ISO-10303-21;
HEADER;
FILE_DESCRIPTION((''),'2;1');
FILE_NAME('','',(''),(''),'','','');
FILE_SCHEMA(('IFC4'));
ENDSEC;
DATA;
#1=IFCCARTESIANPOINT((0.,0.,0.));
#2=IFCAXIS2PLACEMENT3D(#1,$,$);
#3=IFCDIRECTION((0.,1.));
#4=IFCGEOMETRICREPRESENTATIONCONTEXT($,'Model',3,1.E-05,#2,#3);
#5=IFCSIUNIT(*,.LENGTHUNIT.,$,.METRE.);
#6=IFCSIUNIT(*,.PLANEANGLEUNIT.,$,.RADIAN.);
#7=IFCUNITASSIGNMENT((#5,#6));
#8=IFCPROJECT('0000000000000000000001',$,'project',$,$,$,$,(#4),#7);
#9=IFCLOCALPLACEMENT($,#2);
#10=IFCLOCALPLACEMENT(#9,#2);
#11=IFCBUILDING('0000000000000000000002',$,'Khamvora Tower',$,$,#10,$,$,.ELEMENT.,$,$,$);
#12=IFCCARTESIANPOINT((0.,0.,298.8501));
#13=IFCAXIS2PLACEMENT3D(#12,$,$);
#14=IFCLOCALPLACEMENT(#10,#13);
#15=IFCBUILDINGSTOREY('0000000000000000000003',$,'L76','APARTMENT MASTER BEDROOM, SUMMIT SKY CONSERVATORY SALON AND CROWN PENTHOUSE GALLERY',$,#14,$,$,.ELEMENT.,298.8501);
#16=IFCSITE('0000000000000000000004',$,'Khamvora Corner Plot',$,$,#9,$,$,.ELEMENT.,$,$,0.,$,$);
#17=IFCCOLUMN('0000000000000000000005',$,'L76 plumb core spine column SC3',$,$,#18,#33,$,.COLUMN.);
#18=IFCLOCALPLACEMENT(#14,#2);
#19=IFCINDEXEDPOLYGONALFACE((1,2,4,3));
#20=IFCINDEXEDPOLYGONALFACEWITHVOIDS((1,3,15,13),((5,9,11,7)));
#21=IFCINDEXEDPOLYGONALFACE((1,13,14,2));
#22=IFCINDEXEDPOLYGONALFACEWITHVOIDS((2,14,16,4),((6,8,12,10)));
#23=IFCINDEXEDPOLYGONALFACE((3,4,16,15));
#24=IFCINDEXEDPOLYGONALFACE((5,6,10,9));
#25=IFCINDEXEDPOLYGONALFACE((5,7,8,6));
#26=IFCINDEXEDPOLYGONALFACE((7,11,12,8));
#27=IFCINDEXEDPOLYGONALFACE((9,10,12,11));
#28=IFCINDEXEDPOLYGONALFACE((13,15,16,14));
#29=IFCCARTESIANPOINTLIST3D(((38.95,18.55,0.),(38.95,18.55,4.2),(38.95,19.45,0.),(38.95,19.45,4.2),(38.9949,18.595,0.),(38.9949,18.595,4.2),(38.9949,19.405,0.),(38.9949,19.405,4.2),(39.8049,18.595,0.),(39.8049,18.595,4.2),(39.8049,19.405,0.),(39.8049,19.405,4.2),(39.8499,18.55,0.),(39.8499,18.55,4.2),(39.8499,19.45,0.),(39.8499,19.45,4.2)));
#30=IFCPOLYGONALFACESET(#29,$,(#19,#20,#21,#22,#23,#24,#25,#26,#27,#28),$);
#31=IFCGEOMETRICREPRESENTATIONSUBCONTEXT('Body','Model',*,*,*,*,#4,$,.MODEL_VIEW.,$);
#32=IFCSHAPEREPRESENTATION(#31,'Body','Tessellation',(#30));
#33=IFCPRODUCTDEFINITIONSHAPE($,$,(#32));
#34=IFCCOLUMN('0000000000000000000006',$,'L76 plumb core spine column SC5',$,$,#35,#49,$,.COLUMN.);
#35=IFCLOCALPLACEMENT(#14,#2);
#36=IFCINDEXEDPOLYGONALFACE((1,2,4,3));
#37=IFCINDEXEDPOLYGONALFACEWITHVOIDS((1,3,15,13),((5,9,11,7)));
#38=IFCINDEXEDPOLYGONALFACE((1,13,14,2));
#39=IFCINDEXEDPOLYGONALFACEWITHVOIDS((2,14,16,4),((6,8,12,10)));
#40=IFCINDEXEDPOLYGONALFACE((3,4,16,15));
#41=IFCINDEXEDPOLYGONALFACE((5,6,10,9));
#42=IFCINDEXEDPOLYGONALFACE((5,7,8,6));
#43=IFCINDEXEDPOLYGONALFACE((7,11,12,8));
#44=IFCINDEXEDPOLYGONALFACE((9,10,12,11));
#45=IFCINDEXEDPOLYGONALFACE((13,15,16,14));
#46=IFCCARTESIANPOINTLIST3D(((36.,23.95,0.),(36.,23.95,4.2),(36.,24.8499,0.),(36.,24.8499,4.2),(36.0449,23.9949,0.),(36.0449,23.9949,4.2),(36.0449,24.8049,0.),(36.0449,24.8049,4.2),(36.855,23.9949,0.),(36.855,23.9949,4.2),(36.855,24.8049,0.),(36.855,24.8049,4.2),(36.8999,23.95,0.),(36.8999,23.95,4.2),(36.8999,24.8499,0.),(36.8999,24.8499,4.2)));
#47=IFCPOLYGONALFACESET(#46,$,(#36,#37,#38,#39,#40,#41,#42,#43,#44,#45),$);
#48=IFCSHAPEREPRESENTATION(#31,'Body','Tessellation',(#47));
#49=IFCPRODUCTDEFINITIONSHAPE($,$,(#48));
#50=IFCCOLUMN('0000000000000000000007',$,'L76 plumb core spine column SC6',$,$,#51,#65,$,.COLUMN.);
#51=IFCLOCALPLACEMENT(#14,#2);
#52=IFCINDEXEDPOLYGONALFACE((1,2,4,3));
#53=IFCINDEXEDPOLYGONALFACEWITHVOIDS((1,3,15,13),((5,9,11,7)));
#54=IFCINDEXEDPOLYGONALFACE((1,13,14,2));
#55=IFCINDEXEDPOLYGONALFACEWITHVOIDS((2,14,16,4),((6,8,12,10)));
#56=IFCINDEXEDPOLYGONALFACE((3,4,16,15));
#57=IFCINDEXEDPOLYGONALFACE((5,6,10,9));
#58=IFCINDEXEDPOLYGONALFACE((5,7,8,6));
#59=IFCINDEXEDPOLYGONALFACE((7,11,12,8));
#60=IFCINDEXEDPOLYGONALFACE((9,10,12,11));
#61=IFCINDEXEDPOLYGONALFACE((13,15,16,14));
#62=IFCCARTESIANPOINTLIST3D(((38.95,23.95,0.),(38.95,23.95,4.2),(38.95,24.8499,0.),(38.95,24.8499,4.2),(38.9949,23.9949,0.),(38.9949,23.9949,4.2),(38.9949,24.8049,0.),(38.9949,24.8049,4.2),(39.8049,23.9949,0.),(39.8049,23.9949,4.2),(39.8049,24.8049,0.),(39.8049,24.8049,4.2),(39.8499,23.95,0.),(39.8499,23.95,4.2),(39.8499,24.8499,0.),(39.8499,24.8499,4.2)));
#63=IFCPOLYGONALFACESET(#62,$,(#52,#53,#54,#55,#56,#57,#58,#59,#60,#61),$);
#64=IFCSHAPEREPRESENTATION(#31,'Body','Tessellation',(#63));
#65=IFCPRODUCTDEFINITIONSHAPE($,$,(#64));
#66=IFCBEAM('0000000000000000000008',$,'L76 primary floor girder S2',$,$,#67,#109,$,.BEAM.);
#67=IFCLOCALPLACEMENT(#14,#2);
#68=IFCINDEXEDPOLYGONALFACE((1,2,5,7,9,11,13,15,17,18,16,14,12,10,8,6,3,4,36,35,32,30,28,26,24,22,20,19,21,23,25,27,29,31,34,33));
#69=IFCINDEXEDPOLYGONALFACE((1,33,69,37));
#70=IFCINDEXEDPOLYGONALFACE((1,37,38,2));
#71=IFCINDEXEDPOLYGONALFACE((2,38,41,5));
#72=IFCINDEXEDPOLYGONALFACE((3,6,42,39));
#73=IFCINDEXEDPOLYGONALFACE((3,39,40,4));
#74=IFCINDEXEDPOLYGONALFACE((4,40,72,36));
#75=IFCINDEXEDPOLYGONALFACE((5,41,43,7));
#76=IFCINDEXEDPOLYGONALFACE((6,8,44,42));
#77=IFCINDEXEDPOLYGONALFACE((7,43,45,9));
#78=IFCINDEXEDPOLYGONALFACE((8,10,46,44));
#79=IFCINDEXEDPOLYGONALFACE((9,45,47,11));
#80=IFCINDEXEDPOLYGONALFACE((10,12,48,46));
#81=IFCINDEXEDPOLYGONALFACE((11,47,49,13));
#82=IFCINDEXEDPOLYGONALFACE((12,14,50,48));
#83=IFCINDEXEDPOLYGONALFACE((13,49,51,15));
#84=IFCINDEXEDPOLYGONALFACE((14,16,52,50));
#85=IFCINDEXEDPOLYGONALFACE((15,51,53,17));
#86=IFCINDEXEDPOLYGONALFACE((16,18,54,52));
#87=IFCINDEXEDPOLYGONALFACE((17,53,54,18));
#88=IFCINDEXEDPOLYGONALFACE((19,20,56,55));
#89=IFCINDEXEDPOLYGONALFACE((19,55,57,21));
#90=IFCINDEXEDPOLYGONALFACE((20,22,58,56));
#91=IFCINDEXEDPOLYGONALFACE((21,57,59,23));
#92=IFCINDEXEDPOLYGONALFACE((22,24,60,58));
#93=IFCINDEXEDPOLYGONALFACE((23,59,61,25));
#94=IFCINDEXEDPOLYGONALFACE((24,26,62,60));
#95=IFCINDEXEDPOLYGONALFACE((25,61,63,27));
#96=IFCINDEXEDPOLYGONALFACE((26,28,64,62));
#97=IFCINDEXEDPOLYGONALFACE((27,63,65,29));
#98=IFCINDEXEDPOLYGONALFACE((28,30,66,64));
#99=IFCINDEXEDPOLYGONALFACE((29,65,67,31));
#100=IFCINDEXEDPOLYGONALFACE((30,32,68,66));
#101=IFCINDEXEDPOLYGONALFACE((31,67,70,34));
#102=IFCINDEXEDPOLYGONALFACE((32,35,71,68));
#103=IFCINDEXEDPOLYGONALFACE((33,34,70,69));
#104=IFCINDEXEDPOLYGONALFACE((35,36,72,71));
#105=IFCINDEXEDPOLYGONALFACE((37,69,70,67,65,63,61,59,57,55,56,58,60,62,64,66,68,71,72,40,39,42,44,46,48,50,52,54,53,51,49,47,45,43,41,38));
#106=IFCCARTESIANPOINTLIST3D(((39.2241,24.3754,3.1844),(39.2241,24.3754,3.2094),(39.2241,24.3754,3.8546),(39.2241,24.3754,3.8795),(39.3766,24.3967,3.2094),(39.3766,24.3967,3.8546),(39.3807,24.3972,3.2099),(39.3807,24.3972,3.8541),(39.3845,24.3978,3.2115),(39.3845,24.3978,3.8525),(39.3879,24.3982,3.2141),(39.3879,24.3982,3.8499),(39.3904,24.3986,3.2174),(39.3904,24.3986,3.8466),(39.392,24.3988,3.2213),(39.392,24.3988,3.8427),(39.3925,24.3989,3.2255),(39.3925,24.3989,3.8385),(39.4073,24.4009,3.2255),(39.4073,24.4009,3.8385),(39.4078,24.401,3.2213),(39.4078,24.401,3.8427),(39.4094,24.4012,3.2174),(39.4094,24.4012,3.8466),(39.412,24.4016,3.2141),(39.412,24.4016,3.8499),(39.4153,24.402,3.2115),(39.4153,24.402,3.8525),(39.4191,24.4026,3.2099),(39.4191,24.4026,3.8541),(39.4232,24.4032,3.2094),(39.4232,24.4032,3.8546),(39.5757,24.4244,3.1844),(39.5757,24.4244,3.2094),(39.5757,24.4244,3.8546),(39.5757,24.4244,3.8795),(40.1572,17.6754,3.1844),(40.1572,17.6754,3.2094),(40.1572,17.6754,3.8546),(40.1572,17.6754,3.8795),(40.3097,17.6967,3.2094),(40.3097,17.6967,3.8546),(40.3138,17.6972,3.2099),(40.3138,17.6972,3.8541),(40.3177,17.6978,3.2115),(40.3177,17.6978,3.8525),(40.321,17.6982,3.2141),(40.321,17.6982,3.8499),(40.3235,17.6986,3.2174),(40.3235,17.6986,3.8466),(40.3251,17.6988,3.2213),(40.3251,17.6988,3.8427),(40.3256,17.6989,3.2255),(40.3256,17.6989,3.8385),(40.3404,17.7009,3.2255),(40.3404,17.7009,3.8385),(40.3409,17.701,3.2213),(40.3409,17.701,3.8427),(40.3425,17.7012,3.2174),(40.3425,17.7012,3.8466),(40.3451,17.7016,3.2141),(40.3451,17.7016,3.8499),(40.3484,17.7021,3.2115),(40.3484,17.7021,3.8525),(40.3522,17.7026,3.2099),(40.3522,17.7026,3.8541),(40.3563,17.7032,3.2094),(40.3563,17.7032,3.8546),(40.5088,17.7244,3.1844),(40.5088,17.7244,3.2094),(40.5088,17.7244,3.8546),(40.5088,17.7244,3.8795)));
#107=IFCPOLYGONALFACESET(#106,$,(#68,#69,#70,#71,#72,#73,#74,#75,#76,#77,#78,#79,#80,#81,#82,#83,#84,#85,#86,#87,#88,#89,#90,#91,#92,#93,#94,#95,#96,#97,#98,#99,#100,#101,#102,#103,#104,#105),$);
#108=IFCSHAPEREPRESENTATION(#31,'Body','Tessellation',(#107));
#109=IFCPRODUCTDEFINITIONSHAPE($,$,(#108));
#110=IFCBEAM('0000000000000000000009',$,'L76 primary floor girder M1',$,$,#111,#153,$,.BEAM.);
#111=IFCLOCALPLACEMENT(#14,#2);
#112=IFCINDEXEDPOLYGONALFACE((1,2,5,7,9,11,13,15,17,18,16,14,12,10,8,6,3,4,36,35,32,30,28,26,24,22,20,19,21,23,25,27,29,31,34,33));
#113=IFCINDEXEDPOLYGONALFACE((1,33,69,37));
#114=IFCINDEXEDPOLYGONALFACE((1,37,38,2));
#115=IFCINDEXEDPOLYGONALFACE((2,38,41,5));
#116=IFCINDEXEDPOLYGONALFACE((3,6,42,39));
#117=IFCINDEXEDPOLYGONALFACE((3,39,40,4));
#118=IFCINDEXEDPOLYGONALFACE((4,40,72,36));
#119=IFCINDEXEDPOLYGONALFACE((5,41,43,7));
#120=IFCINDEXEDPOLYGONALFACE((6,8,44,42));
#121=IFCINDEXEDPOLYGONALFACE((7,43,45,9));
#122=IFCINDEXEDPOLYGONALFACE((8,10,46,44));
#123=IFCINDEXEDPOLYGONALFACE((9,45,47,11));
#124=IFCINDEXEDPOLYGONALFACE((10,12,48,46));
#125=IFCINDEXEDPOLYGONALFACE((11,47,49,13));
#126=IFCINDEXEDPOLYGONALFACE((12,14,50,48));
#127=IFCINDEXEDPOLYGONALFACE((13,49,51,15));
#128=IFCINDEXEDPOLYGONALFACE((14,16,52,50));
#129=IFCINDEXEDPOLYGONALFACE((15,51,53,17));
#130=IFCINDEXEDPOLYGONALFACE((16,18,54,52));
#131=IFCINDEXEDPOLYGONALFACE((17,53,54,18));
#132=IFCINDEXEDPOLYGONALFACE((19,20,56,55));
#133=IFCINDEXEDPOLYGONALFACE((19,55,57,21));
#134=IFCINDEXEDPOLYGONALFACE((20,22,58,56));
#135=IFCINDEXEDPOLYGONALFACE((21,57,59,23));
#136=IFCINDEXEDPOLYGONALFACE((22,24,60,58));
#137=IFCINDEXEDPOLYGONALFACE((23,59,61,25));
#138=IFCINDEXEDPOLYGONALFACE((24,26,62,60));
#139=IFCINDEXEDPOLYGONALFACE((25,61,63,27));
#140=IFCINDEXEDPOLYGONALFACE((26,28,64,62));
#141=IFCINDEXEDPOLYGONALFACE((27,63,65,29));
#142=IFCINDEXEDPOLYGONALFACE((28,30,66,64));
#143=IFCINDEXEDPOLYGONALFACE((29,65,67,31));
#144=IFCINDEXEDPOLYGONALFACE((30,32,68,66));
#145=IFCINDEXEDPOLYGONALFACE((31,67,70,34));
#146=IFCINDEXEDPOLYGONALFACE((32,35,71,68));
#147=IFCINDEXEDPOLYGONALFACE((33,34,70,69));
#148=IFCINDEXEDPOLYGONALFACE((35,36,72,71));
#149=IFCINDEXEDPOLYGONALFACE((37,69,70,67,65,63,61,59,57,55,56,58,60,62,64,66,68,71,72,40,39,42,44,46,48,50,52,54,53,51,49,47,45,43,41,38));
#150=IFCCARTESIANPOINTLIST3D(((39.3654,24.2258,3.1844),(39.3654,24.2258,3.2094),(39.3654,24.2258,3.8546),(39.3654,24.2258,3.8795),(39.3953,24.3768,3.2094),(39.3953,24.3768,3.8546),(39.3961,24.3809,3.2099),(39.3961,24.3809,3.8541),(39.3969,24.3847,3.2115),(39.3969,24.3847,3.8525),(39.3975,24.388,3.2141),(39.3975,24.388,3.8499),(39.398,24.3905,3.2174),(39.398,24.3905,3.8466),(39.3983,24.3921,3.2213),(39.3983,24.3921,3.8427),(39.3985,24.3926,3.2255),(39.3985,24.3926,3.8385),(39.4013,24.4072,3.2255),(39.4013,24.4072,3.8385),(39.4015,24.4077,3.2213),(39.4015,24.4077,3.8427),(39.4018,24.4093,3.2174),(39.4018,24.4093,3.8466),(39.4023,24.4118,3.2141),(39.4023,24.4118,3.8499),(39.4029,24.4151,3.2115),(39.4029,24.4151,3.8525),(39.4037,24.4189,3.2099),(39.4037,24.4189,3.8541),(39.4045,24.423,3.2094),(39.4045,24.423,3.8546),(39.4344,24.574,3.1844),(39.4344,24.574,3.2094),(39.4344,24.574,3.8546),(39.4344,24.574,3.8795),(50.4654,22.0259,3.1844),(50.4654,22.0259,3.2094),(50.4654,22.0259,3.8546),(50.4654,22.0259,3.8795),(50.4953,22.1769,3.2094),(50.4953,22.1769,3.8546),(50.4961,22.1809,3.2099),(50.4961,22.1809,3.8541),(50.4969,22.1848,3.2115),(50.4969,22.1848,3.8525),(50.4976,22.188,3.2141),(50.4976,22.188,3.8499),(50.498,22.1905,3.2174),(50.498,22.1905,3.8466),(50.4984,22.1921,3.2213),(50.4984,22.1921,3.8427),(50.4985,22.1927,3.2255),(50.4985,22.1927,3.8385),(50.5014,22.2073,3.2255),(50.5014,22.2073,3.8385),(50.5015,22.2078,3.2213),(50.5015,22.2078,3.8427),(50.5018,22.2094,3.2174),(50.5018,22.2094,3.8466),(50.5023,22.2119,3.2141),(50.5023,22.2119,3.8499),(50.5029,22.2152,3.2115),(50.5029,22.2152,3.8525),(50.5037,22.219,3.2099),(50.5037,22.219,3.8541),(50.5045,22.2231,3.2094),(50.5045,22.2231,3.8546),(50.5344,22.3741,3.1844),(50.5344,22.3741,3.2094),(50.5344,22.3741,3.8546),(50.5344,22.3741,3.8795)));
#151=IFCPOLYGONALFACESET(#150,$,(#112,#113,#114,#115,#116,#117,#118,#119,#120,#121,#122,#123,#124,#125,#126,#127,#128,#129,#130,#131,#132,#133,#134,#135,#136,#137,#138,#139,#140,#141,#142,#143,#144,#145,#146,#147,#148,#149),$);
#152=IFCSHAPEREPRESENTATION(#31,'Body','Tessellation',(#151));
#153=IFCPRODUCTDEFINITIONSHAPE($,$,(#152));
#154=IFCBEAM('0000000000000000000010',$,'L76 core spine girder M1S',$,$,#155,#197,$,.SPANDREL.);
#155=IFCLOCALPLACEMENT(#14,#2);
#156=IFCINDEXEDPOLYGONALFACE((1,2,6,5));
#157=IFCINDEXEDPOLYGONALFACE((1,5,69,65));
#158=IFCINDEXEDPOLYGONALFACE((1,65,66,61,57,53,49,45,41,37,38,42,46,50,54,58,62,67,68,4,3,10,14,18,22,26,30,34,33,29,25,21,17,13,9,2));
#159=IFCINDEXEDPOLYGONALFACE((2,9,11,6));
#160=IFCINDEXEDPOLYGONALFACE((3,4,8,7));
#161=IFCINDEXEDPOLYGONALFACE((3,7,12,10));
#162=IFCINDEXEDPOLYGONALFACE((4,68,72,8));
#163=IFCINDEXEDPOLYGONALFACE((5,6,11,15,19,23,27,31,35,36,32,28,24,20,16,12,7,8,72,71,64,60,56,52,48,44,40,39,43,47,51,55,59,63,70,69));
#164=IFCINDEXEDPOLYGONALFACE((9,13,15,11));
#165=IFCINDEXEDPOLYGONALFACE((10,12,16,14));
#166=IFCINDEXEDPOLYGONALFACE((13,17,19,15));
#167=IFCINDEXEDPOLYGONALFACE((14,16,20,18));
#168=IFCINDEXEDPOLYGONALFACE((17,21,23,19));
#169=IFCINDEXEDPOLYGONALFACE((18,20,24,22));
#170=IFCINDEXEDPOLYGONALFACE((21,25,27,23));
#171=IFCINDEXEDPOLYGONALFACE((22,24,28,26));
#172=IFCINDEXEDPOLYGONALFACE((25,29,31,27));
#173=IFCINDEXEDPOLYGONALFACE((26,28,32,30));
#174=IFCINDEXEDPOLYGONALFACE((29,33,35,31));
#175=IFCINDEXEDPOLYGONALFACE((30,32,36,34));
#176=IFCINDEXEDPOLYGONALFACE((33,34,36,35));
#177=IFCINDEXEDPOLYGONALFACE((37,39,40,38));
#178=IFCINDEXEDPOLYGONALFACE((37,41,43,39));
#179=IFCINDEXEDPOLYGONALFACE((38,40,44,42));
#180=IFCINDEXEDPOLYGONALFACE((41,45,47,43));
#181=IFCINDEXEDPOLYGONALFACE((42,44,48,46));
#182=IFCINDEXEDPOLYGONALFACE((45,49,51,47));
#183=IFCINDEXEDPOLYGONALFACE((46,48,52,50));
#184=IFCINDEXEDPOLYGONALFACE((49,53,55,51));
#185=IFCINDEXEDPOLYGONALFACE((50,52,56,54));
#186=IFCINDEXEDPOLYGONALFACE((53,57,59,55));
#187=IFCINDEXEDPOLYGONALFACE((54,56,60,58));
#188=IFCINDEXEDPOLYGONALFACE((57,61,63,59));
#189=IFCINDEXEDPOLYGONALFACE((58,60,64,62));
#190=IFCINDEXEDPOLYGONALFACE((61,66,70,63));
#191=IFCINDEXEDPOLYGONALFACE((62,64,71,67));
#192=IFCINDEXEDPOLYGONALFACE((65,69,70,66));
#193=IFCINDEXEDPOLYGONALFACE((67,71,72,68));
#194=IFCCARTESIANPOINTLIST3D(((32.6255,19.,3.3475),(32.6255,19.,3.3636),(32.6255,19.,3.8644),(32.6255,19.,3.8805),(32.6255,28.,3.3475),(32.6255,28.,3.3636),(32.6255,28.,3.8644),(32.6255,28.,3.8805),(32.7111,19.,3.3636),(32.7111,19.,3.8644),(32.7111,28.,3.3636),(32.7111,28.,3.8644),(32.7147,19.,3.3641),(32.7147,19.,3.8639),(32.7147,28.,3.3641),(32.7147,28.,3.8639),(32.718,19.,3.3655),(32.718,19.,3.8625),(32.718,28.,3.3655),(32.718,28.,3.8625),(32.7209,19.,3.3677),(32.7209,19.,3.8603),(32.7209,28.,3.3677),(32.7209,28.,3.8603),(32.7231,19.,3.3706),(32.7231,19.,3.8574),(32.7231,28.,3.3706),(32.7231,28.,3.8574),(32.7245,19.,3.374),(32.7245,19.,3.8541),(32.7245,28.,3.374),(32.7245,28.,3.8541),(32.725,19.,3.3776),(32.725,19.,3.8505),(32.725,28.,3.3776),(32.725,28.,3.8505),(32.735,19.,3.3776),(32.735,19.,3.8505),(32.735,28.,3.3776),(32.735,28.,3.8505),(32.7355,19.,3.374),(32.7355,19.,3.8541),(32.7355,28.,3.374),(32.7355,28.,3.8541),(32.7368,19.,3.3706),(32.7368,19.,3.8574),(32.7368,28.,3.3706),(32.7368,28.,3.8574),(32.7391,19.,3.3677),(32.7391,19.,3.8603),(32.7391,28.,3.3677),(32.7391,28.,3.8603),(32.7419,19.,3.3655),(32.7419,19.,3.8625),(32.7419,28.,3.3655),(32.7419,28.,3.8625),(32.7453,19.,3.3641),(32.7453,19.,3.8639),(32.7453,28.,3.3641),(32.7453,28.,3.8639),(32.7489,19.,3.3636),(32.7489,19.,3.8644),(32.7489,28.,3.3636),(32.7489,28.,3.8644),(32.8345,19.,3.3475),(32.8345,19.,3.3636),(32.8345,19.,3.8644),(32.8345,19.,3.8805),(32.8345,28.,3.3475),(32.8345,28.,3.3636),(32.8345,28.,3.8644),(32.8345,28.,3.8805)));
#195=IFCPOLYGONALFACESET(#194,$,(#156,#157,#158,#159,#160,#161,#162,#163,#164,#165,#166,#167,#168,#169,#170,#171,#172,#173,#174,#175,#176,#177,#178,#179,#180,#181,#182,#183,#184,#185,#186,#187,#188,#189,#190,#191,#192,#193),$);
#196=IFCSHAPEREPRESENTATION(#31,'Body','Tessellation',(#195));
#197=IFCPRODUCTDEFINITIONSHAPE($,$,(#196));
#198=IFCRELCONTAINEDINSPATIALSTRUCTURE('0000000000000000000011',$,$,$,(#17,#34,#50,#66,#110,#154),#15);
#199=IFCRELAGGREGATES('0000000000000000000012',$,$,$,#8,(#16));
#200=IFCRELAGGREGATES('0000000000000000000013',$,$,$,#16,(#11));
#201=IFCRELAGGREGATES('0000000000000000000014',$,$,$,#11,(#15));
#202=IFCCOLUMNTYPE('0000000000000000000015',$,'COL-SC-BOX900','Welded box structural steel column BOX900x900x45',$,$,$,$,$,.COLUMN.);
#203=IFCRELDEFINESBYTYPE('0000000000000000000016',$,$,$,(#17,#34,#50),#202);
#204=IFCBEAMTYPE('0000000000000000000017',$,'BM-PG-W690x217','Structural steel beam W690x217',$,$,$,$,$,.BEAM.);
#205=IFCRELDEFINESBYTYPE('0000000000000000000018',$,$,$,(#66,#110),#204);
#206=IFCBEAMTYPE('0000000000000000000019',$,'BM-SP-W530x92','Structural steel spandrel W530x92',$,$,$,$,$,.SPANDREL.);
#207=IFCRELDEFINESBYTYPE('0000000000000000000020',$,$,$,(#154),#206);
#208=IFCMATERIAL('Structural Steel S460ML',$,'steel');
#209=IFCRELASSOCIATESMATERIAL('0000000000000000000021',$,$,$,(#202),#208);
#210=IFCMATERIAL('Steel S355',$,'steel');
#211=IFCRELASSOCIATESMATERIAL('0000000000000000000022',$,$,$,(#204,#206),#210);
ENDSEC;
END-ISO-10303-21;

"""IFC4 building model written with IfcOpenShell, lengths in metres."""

from ifc_helpers import new_model, si_unit, direction, frame, origin, origin_2d, place, context, subcontext, project, spatial, hollow_rectangle, i_section, extrude, material, material_profile, profile_set, type_object, element, save


model = new_model("IFC4")

# Units and contexts
model_context = context("Model", 3, precision=1e-05, world=origin(), true_north=direction((0.0, 1.0)))
body_context = subcontext(model_context, "Body", "Model", "MODEL_VIEW")
ifc_project = project(units=[si_unit("LENGTHUNIT", "METRE"), si_unit("PLANEANGLEUNIT", "RADIAN")], contexts=[model_context])

# Site, building, storey
site_placement = place(None, origin())
site = spatial("IfcSite", under=ifc_project, at=site_placement, Name="Khamvora Corner Plot", CompositionType="ELEMENT", RefElevation=0.0)
building_placement = place(site_placement, origin())
building = spatial("IfcBuilding", under=site, at=building_placement, Name="Khamvora Tower", CompositionType="ELEMENT")
storey_placement = place(building_placement, frame((0.0, 0.0, 298.8501)))
storey = spatial("IfcBuildingStorey", under=building, at=storey_placement, Name="L76", Description="APARTMENT MASTER BEDROOM, SUMMIT SKY CONSERVATORY SALON AND CROWN PENTHOUSE GALLERY", CompositionType="ELEMENT", Elevation=298.8501)

# Columns
ifc_material_1 = material(Name="Structural Steel S460ML", Category="steel")
ifc_material_profile_1 = material_profile(ifc_material_1, hollow_rectangle(XDim=0.8999, YDim=0.8999, WallThickness=0.0449, at=origin_2d()), Name="BOX900x900x45")
ifc_profile_set_1 = profile_set([ifc_material_profile_1], Name="Structural Steel S460ML")
column_type = type_object("IfcColumnType", Name="COL-SC-BOX900", Description="Welded box structural steel column BOX900x900x45", PredefinedType="COLUMN", material=ifc_profile_set_1)
for number, where, z_axis, x_axis, name in (
    (1, (39.3999, 19.0, 0.0), (0.0, 0.0, 1.0), (1.0, 0.0, 0.0), "L76 plumb core spine column SC3"),
    (2, (36.45, 24.3999, 0.0), (0.0, 0.0, 1.0), (1.0, 0.0, 0.0), "L76 plumb core spine column SC5"),
    (3, (39.3999, 24.3999, 0.0), (0.0, 0.0, 1.0), (1.0, 0.0, 0.0), "L76 plumb core spine column SC6"),
):
    element("IfcColumn", number, at=place(storey_placement, frame(where, z_axis=z_axis, x_axis=x_axis)), inside=storey, type_object=column_type, Name=name, PredefinedType="COLUMN", context=body_context, shape_type="SweptSolid", body=[
        extrude(hollow_rectangle(XDim=0.8999, YDim=0.8999, WallThickness=0.0449, at=origin_2d()), origin(), (0.0, 0.0, 1.0), 4.2),
    ])

# Beams
ifc_material_2 = material(Name="Steel S355", Category="steel")
ifc_material_profile_2 = material_profile(ifc_material_2, i_section(OverallWidth=0.355, OverallDepth=0.6951, WebThickness=0.0149, FlangeThickness=0.0249, FilletRadius=0.0161, at=origin_2d()), Name="W690x217")
ifc_profile_set_2 = profile_set([ifc_material_profile_2], Name="Steel S355")
beam_type_1 = type_object("IfcBeamType", Name="BM-PG-W690x217", Description="Structural steel beam W690x217", PredefinedType="BEAM", material=ifc_profile_set_2)
beam_1_placement = place(storey_placement, frame((39.3999, 24.3999, 3.532), z_axis=(0.137939, -0.990441, 0.0), x_axis=(0.990441, 0.137939, 0.0)))
element("IfcBeam", 4, at=beam_1_placement, inside=storey, type_object=beam_type_1, Name="L76 primary floor girder S2", PredefinedType="BEAM", context=body_context, shape_type="SweptSolid", body=[
    extrude(i_section(OverallWidth=0.355, OverallDepth=0.6951, WebThickness=0.0149, FlangeThickness=0.0249, FilletRadius=0.0161, at=origin_2d()), origin(), (0.0, 0.0, 1.0), 6.7646),
])
beam_2_placement = place(storey_placement, frame((39.3999, 24.3999, 3.532), z_axis=(0.98092, -0.194411, 0.0), x_axis=(0.194411, 0.98092, 0.0)))
element("IfcBeam", 5, at=beam_2_placement, inside=storey, type_object=beam_type_1, Name="L76 primary floor girder M1", PredefinedType="BEAM", context=body_context, shape_type="SweptSolid", body=[
    extrude(i_section(OverallWidth=0.355, OverallDepth=0.6951, WebThickness=0.0149, FlangeThickness=0.0249, FilletRadius=0.0161, at=origin_2d()), origin(), (0.0, 0.0, 1.0), 11.3159),
])
ifc_material_profile_3 = material_profile(ifc_material_2, i_section(OverallWidth=0.209, OverallDepth=0.533, WebThickness=0.01, FlangeThickness=0.0161, FilletRadius=0.0139, at=origin_2d()), Name="W530x92")
ifc_profile_set_3 = profile_set([ifc_material_profile_3], Name="Steel S355")
beam_type_2 = type_object("IfcBeamType", Name="BM-SP-W530x92", Description="Structural steel spandrel W530x92", PredefinedType="SPANDREL", material=ifc_profile_set_3)
beam_3_placement = place(storey_placement, frame((32.73, 19.0, 3.614), z_axis=(0.0, 1.0, 0.0), x_axis=(-1.0, 0.0, 0.0)))
element("IfcBeam", 6, at=beam_3_placement, inside=storey, type_object=beam_type_2, Name="L76 core spine girder M1S", PredefinedType="SPANDREL", context=body_context, shape_type="SweptSolid", body=[
    extrude(i_section(OverallWidth=0.209, OverallDepth=0.533, WebThickness=0.01, FlangeThickness=0.0161, FilletRadius=0.0139, at=origin_2d()), origin(), (0.0, 0.0, 1.0), 9.0),
])

save(model, "model.ifc")
